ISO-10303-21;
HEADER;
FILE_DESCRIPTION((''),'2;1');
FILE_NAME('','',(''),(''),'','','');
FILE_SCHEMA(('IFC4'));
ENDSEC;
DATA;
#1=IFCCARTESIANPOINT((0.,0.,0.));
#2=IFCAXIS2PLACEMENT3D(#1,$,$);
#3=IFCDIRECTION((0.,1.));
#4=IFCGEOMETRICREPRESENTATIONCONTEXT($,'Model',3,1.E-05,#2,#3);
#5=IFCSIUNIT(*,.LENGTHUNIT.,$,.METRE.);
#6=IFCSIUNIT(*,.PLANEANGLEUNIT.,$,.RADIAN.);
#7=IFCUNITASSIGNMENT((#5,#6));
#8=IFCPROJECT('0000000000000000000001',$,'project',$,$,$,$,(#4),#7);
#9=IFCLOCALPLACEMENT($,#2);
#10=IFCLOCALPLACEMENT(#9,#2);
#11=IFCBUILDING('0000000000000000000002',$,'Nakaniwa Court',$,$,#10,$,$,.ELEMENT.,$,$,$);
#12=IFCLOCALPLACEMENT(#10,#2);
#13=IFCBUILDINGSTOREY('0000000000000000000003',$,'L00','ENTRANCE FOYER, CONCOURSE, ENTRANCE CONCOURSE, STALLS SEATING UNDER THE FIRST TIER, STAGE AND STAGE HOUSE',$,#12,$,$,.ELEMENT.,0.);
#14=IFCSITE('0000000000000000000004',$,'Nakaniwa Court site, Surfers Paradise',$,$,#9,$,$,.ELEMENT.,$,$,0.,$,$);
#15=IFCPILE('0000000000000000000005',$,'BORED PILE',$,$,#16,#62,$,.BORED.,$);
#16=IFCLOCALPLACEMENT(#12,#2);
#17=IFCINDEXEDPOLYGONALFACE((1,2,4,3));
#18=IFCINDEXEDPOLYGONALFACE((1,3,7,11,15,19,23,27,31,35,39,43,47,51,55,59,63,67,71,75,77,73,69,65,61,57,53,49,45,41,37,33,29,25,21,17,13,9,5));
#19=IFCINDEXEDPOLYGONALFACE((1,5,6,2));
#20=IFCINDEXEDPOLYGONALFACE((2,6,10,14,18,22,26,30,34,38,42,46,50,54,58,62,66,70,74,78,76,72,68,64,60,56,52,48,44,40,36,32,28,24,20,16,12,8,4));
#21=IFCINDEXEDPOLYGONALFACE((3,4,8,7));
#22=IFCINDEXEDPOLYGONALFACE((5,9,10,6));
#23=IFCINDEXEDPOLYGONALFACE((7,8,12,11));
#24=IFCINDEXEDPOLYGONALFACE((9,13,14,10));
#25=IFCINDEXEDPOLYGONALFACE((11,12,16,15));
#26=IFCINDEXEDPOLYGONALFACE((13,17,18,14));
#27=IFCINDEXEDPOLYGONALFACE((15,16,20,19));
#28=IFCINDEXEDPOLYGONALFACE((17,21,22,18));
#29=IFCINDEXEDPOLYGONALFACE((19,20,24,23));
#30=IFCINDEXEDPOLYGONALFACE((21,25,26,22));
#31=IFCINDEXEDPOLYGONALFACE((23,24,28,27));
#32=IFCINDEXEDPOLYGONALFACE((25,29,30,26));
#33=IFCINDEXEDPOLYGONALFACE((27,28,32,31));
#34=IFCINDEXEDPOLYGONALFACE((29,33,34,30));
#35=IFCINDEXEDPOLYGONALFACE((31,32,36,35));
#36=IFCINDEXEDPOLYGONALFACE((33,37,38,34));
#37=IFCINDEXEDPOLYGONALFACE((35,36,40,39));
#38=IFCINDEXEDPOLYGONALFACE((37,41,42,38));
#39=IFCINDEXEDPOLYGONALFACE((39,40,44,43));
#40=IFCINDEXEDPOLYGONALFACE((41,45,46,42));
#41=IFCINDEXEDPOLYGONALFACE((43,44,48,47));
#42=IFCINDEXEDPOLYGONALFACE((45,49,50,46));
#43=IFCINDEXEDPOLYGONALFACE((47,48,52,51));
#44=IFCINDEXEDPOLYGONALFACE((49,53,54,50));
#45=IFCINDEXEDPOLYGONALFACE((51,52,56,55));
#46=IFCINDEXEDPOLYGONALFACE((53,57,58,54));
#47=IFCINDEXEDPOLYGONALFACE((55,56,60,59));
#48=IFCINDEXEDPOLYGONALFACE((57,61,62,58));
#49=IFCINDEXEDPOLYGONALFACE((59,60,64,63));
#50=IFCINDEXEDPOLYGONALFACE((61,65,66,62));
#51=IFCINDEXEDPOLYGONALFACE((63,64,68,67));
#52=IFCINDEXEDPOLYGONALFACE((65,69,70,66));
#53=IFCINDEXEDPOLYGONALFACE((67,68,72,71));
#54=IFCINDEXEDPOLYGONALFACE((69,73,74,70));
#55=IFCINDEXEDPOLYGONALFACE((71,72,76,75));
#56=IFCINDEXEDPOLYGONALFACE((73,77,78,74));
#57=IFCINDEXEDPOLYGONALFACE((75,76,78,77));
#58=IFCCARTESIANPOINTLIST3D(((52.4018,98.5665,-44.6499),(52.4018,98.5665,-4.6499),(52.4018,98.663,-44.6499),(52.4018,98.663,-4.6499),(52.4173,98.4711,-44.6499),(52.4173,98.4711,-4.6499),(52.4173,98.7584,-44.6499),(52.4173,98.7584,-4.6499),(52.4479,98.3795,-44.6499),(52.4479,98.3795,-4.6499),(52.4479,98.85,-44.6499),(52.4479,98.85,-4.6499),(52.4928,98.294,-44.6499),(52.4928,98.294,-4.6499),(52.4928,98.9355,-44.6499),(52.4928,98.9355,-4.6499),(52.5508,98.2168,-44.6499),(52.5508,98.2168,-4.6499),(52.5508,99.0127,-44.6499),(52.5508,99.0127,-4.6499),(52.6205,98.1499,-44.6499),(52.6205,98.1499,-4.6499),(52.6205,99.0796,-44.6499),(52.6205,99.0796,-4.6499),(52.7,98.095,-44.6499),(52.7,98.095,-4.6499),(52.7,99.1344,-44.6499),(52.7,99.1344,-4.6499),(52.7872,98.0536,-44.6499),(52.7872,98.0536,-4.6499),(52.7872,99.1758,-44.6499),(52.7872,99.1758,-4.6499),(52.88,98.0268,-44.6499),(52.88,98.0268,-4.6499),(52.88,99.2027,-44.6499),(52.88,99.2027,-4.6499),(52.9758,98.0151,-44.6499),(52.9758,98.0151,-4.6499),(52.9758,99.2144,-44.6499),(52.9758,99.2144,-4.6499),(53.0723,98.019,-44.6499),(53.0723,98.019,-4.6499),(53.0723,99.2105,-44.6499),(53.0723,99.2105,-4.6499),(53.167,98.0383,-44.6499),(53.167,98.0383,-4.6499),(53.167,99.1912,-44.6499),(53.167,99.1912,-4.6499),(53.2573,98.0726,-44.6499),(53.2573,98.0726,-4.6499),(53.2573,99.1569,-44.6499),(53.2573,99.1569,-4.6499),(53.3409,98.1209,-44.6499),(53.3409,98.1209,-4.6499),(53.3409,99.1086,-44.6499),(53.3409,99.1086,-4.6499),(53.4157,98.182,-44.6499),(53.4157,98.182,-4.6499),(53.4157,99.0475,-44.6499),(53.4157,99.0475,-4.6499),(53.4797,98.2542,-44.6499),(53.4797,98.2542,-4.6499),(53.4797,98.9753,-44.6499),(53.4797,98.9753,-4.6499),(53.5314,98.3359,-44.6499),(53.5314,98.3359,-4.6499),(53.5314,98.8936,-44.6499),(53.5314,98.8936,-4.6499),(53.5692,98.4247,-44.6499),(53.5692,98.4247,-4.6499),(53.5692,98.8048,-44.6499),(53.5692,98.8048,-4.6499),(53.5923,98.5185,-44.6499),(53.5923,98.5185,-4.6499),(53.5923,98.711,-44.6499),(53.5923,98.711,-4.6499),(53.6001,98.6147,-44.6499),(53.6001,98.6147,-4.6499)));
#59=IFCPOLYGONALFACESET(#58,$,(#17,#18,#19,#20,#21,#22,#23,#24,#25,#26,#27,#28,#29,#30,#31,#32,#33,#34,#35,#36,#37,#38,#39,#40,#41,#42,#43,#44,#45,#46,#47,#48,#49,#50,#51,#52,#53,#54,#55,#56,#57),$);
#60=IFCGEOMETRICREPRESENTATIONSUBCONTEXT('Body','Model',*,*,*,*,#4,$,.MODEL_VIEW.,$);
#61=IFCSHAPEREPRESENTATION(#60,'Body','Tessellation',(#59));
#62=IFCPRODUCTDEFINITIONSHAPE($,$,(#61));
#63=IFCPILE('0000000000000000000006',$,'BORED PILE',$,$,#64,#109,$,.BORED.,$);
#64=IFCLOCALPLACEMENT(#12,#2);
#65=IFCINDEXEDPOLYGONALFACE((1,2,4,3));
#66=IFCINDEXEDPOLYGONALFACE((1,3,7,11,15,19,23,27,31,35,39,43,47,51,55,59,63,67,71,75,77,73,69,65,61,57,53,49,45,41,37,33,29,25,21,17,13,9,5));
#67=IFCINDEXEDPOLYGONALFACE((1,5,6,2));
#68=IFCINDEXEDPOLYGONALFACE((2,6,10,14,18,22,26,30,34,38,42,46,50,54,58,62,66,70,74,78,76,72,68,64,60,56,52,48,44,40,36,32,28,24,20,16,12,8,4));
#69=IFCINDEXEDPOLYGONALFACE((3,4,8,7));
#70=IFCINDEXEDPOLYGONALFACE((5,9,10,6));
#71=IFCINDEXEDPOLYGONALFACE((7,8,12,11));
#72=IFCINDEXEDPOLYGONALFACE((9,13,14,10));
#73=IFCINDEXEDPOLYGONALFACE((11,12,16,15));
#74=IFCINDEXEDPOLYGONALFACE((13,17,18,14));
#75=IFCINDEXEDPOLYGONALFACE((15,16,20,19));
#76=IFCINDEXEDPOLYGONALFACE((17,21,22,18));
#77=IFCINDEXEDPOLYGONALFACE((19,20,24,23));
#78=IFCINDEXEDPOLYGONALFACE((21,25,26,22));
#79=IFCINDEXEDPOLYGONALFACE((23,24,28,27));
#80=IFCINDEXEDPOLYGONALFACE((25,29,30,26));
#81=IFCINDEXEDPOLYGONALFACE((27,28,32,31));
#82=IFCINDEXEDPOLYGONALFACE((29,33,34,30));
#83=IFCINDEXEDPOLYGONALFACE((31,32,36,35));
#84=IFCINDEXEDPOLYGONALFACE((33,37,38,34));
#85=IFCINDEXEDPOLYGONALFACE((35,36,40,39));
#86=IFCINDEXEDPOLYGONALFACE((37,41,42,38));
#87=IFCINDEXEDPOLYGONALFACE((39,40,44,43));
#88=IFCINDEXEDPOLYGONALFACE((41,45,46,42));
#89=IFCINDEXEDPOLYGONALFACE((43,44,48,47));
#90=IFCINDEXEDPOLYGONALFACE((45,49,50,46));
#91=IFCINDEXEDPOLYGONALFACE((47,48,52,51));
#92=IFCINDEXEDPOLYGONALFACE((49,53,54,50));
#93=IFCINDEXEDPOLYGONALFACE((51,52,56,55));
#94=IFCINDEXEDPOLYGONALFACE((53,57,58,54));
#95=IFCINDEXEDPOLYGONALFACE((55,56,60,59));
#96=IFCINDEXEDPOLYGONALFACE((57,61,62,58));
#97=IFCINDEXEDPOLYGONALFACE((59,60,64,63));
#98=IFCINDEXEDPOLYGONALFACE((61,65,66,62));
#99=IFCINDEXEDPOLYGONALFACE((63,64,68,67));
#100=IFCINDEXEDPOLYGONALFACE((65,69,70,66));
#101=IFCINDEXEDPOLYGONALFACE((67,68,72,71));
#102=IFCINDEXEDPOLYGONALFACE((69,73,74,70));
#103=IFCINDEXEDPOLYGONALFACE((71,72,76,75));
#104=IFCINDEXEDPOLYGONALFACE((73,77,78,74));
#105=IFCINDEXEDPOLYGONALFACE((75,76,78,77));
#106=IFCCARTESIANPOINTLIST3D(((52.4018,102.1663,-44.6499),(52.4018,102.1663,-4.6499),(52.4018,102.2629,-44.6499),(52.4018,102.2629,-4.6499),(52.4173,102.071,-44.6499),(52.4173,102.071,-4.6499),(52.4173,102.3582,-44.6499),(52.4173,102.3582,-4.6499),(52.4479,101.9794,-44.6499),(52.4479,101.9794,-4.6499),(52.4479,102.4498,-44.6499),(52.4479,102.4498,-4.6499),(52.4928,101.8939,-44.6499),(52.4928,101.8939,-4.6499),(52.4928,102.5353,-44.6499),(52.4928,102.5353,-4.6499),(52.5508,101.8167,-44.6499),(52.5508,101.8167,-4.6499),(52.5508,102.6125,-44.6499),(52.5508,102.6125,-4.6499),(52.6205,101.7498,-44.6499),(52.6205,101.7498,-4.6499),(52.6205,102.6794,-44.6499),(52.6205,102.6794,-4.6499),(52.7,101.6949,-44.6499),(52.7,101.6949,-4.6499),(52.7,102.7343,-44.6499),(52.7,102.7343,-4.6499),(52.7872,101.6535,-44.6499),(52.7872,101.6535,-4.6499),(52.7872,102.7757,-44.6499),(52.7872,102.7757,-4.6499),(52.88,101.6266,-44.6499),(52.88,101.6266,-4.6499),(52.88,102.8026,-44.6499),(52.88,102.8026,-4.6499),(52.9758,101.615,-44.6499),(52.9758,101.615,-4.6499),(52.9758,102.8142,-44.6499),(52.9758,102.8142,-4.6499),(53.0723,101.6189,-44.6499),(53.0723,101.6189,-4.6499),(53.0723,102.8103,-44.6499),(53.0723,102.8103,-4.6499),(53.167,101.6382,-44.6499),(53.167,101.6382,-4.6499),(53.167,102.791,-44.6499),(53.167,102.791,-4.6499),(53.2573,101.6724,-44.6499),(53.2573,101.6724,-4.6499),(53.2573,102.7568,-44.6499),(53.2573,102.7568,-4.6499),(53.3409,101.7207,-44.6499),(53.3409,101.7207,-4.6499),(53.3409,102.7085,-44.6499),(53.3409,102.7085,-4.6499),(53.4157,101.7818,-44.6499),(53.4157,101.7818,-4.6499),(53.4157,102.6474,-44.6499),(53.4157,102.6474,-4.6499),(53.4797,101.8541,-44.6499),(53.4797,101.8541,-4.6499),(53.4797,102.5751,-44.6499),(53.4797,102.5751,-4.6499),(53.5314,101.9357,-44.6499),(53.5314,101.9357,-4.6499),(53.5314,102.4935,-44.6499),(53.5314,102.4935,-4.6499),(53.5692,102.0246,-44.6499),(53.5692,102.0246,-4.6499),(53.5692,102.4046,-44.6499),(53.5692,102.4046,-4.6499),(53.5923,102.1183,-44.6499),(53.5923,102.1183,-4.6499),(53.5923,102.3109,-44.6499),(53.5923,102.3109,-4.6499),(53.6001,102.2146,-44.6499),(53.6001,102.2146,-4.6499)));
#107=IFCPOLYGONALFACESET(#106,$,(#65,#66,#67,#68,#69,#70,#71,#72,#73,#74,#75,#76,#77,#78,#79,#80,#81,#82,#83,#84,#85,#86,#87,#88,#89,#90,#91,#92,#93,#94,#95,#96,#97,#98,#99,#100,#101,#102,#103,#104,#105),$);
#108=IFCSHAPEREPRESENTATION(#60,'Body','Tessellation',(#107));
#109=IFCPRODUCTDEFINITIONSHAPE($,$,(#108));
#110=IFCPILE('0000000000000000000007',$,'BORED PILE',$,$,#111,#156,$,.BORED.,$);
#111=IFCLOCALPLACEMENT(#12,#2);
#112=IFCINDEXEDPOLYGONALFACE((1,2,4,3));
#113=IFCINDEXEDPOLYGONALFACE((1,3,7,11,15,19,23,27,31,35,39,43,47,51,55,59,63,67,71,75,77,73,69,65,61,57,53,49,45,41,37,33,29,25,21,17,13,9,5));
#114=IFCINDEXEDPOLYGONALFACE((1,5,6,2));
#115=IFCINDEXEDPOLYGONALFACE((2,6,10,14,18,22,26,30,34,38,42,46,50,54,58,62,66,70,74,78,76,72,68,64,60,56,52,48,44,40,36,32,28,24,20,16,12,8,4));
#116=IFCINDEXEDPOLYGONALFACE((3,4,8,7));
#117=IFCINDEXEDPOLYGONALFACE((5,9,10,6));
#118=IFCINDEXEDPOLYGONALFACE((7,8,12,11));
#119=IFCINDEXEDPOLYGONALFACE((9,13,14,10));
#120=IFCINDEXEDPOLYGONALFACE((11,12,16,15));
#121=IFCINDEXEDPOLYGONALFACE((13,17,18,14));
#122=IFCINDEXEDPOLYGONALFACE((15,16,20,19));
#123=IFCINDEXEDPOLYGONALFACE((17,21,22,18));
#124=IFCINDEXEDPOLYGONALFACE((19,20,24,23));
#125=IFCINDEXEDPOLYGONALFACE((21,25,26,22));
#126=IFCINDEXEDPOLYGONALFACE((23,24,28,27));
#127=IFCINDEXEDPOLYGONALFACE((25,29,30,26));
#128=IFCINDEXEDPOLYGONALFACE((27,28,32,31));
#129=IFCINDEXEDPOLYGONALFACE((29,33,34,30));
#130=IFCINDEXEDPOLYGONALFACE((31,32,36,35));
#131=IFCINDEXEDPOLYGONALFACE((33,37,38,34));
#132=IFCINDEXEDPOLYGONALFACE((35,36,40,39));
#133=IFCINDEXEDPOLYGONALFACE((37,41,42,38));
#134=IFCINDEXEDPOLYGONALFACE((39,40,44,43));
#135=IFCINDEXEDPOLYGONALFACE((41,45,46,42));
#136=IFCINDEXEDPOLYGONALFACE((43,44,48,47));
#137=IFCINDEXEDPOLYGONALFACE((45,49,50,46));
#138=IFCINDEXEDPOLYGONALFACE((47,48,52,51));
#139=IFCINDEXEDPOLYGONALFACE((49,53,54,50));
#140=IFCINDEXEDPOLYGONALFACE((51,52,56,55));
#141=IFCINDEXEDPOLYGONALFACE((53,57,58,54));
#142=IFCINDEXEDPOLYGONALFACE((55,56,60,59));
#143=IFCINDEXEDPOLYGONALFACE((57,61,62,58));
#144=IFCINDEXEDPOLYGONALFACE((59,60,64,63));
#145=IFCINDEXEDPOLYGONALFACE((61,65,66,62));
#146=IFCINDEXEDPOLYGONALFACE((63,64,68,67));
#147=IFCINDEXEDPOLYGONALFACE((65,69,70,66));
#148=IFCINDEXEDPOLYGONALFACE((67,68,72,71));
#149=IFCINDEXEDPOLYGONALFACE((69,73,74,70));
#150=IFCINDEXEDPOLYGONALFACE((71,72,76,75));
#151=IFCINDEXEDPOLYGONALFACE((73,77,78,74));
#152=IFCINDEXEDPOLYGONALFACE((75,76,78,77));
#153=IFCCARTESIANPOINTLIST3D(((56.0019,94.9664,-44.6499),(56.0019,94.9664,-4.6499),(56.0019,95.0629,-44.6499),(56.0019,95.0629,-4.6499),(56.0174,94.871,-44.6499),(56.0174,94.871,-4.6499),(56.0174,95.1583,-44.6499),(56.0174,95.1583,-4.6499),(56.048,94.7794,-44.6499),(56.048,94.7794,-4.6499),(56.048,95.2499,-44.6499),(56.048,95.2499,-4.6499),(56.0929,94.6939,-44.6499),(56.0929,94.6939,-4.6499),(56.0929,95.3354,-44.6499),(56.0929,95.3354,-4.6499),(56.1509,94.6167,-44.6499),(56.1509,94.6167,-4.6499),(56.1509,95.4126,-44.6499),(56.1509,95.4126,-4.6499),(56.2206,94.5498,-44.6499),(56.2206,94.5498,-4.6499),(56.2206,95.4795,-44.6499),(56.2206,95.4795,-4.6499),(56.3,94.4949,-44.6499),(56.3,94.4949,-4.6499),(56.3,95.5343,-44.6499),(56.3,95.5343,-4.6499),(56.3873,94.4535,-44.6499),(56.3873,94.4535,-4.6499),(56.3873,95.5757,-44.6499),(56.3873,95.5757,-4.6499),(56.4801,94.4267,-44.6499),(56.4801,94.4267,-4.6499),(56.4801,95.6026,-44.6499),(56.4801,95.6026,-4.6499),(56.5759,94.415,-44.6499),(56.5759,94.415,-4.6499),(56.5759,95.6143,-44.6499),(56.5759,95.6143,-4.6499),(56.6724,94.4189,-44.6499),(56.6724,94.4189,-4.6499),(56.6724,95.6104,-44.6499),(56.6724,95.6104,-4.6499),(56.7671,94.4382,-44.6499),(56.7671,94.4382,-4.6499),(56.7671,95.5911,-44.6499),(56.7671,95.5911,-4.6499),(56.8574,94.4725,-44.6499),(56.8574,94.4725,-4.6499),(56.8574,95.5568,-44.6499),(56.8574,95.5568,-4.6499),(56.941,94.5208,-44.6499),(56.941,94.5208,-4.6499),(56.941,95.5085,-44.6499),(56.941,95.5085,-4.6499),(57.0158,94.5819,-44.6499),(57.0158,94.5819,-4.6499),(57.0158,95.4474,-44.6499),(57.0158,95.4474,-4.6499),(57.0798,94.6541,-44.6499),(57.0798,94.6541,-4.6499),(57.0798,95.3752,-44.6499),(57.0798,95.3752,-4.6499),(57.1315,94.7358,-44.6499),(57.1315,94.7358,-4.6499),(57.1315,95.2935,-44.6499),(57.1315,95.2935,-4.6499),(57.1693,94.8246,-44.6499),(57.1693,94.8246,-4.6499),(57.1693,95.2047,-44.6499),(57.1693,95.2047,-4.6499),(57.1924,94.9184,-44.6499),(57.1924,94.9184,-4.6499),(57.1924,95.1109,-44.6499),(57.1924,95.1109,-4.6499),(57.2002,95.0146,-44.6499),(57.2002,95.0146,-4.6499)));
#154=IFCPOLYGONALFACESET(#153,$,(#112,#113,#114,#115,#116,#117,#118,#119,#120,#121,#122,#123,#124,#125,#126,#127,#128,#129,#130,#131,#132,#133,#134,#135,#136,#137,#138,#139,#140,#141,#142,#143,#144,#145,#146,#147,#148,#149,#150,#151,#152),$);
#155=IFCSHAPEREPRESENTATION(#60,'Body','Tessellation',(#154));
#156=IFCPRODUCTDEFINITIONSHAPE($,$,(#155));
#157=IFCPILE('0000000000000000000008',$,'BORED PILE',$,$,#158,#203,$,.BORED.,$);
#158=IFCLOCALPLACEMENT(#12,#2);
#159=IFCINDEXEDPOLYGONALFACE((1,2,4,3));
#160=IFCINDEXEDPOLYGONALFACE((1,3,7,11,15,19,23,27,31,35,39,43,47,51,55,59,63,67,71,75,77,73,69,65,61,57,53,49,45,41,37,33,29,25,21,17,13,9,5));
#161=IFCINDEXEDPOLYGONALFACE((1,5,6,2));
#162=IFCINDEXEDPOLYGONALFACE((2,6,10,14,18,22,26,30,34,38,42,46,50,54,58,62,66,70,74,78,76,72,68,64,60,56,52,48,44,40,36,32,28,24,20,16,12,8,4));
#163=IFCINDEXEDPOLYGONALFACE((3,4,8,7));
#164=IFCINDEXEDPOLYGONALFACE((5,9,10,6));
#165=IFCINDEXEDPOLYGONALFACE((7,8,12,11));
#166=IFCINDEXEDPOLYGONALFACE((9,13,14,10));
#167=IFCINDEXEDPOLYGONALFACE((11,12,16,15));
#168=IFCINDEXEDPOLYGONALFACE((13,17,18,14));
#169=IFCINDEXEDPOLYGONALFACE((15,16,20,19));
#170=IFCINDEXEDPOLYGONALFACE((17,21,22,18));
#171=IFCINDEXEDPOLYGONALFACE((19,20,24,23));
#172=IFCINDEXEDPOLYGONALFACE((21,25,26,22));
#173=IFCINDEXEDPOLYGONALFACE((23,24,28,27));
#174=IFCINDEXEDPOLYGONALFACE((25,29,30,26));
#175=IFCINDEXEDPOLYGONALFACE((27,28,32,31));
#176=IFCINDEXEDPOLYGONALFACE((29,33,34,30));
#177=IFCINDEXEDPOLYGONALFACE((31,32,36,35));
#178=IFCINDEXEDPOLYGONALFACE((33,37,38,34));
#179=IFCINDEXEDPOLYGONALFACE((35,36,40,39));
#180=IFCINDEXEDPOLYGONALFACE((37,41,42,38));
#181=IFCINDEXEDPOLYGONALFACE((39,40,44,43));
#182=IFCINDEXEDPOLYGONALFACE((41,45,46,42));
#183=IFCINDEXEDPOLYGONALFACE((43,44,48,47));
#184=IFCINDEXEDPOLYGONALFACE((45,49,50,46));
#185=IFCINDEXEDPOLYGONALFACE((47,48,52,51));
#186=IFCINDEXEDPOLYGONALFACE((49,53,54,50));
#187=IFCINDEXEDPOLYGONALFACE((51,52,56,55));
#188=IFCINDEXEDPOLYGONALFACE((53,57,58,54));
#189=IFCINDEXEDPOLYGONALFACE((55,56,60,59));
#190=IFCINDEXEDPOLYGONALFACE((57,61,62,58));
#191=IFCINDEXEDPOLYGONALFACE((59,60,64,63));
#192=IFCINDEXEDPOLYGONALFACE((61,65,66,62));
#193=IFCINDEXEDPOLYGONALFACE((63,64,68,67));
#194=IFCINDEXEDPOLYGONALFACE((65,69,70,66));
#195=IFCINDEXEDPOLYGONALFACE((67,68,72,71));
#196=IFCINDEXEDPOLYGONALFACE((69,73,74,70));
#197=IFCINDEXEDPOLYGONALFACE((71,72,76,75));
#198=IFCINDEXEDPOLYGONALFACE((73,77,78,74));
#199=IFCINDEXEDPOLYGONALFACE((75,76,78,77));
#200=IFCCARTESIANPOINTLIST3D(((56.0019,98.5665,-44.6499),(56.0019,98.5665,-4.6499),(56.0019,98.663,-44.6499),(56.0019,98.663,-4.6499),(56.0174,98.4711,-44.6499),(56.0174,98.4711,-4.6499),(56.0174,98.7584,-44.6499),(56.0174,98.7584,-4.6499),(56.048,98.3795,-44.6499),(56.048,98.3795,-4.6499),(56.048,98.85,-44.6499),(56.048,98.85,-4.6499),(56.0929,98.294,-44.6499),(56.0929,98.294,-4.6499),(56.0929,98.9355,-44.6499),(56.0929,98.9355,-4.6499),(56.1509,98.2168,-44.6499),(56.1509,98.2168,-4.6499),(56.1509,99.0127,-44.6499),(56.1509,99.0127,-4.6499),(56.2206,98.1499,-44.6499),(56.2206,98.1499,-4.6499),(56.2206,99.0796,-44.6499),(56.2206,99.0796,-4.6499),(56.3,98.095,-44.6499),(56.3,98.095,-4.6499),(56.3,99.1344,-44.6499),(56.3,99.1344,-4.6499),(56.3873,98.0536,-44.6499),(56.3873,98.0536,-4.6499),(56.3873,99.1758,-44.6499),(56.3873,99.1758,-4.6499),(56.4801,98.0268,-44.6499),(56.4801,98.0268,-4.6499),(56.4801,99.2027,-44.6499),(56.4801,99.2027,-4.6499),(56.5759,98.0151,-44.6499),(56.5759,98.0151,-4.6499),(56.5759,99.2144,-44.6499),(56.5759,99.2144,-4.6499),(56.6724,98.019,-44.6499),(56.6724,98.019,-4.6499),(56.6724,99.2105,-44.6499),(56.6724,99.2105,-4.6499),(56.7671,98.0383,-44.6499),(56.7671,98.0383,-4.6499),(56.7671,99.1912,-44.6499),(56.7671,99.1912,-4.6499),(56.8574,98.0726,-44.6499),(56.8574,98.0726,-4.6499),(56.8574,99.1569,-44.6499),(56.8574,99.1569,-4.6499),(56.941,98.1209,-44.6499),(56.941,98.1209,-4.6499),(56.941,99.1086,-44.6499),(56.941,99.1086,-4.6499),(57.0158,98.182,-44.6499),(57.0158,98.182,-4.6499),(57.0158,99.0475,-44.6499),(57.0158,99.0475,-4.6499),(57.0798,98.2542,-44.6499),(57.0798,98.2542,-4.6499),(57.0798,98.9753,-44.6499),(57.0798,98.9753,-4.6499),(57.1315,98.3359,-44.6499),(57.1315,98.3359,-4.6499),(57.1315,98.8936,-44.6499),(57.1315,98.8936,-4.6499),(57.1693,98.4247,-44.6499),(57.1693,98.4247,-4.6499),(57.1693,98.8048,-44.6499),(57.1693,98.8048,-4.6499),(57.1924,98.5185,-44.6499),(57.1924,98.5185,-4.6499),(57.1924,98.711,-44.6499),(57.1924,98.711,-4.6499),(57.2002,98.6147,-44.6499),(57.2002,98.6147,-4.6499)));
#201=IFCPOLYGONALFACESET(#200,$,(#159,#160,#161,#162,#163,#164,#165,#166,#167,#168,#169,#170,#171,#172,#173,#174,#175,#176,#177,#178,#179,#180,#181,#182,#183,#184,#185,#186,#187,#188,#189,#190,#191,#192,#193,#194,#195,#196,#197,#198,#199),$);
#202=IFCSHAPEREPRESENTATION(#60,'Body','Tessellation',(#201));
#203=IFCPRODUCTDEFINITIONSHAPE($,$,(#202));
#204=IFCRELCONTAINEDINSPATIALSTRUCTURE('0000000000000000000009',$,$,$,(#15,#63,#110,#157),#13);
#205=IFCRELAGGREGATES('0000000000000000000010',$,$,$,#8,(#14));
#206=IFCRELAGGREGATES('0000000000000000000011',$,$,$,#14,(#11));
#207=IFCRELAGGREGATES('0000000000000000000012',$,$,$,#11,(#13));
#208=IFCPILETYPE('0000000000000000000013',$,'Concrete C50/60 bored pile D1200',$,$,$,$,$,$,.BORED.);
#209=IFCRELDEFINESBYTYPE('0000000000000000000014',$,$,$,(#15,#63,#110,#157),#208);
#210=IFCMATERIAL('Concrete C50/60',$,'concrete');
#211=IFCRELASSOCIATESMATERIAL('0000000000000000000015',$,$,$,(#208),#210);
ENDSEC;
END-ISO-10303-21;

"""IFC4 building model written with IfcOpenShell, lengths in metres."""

from ifc_helpers import new_model, si_unit, direction, frame, origin, origin_2d, place, context, subcontext, project, spatial, circle, extrude, material, material_profile, profile_set, type_object, element, save


model = new_model("IFC4")

# Units and contexts
model_context = context("Model", 3, precision=1e-05, world=origin(), true_north=direction((0.0, 1.0)))
body_context = subcontext(model_context, "Body", "Model", "MODEL_VIEW")
ifc_project = project(units=[si_unit("LENGTHUNIT", "METRE"), si_unit("PLANEANGLEUNIT", "RADIAN")], contexts=[model_context])

# Site, building, storey
site_placement = place(None, origin())
site = spatial("IfcSite", under=ifc_project, at=site_placement, Name="Nakaniwa Court site, Surfers Paradise", CompositionType="ELEMENT", RefElevation=0.0)
building_placement = place(site_placement, origin())
building = spatial("IfcBuilding", under=site, at=building_placement, Name="Nakaniwa Court", CompositionType="ELEMENT")
storey_placement = place(building_placement, origin())
storey = spatial("IfcBuildingStorey", under=building, at=storey_placement, Name="L00", Description="ENTRANCE FOYER, CONCOURSE, ENTRANCE CONCOURSE, STALLS SEATING UNDER THE FIRST TIER, STAGE AND STAGE HOUSE", CompositionType="ELEMENT", Elevation=0.0)

# Piles
ifc_material_1 = material(Name="Concrete C50/60", Category="concrete")
ifc_material_profile_1 = material_profile(ifc_material_1, circle(Radius=0.6001, at=origin_2d()), Name="Concrete C50/60 bored pile D1200")
ifc_profile_set_1 = profile_set([ifc_material_profile_1], Name="Concrete C50/60")
pile_type = type_object("IfcPileType", Name="Concrete C50/60 bored pile D1200", PredefinedType="BORED", material=ifc_profile_set_1)
for number, where, z_axis, x_axis, name in (
    (1, (53.0, 98.6147, -4.6499), (0.0, 0.0, -1.0), (1.0, 0.0, 0.0), "BORED PILE"),
    (2, (53.0, 102.2146, -4.6499), (0.0, 0.0, -1.0), (1.0, 0.0, 0.0), "BORED PILE"),
    (3, (56.6001, 95.0146, -4.6499), (0.0, 0.0, -1.0), (1.0, 0.0, 0.0), "BORED PILE"),
    (4, (56.6001, 98.6147, -4.6499), (0.0, 0.0, -1.0), (1.0, 0.0, 0.0), "BORED PILE"),
):
    element("IfcPile", number, at=place(storey_placement, frame(where, z_axis=z_axis, x_axis=x_axis)), inside=storey, type_object=pile_type, Name=name, PredefinedType="BORED", context=body_context, shape_type="SweptSolid", body=[
        extrude(circle(Radius=0.6001, at=origin_2d()), origin(), (0.0, 0.0, 1.0), 40.0),
    ])

save(model, "model.ifc")
